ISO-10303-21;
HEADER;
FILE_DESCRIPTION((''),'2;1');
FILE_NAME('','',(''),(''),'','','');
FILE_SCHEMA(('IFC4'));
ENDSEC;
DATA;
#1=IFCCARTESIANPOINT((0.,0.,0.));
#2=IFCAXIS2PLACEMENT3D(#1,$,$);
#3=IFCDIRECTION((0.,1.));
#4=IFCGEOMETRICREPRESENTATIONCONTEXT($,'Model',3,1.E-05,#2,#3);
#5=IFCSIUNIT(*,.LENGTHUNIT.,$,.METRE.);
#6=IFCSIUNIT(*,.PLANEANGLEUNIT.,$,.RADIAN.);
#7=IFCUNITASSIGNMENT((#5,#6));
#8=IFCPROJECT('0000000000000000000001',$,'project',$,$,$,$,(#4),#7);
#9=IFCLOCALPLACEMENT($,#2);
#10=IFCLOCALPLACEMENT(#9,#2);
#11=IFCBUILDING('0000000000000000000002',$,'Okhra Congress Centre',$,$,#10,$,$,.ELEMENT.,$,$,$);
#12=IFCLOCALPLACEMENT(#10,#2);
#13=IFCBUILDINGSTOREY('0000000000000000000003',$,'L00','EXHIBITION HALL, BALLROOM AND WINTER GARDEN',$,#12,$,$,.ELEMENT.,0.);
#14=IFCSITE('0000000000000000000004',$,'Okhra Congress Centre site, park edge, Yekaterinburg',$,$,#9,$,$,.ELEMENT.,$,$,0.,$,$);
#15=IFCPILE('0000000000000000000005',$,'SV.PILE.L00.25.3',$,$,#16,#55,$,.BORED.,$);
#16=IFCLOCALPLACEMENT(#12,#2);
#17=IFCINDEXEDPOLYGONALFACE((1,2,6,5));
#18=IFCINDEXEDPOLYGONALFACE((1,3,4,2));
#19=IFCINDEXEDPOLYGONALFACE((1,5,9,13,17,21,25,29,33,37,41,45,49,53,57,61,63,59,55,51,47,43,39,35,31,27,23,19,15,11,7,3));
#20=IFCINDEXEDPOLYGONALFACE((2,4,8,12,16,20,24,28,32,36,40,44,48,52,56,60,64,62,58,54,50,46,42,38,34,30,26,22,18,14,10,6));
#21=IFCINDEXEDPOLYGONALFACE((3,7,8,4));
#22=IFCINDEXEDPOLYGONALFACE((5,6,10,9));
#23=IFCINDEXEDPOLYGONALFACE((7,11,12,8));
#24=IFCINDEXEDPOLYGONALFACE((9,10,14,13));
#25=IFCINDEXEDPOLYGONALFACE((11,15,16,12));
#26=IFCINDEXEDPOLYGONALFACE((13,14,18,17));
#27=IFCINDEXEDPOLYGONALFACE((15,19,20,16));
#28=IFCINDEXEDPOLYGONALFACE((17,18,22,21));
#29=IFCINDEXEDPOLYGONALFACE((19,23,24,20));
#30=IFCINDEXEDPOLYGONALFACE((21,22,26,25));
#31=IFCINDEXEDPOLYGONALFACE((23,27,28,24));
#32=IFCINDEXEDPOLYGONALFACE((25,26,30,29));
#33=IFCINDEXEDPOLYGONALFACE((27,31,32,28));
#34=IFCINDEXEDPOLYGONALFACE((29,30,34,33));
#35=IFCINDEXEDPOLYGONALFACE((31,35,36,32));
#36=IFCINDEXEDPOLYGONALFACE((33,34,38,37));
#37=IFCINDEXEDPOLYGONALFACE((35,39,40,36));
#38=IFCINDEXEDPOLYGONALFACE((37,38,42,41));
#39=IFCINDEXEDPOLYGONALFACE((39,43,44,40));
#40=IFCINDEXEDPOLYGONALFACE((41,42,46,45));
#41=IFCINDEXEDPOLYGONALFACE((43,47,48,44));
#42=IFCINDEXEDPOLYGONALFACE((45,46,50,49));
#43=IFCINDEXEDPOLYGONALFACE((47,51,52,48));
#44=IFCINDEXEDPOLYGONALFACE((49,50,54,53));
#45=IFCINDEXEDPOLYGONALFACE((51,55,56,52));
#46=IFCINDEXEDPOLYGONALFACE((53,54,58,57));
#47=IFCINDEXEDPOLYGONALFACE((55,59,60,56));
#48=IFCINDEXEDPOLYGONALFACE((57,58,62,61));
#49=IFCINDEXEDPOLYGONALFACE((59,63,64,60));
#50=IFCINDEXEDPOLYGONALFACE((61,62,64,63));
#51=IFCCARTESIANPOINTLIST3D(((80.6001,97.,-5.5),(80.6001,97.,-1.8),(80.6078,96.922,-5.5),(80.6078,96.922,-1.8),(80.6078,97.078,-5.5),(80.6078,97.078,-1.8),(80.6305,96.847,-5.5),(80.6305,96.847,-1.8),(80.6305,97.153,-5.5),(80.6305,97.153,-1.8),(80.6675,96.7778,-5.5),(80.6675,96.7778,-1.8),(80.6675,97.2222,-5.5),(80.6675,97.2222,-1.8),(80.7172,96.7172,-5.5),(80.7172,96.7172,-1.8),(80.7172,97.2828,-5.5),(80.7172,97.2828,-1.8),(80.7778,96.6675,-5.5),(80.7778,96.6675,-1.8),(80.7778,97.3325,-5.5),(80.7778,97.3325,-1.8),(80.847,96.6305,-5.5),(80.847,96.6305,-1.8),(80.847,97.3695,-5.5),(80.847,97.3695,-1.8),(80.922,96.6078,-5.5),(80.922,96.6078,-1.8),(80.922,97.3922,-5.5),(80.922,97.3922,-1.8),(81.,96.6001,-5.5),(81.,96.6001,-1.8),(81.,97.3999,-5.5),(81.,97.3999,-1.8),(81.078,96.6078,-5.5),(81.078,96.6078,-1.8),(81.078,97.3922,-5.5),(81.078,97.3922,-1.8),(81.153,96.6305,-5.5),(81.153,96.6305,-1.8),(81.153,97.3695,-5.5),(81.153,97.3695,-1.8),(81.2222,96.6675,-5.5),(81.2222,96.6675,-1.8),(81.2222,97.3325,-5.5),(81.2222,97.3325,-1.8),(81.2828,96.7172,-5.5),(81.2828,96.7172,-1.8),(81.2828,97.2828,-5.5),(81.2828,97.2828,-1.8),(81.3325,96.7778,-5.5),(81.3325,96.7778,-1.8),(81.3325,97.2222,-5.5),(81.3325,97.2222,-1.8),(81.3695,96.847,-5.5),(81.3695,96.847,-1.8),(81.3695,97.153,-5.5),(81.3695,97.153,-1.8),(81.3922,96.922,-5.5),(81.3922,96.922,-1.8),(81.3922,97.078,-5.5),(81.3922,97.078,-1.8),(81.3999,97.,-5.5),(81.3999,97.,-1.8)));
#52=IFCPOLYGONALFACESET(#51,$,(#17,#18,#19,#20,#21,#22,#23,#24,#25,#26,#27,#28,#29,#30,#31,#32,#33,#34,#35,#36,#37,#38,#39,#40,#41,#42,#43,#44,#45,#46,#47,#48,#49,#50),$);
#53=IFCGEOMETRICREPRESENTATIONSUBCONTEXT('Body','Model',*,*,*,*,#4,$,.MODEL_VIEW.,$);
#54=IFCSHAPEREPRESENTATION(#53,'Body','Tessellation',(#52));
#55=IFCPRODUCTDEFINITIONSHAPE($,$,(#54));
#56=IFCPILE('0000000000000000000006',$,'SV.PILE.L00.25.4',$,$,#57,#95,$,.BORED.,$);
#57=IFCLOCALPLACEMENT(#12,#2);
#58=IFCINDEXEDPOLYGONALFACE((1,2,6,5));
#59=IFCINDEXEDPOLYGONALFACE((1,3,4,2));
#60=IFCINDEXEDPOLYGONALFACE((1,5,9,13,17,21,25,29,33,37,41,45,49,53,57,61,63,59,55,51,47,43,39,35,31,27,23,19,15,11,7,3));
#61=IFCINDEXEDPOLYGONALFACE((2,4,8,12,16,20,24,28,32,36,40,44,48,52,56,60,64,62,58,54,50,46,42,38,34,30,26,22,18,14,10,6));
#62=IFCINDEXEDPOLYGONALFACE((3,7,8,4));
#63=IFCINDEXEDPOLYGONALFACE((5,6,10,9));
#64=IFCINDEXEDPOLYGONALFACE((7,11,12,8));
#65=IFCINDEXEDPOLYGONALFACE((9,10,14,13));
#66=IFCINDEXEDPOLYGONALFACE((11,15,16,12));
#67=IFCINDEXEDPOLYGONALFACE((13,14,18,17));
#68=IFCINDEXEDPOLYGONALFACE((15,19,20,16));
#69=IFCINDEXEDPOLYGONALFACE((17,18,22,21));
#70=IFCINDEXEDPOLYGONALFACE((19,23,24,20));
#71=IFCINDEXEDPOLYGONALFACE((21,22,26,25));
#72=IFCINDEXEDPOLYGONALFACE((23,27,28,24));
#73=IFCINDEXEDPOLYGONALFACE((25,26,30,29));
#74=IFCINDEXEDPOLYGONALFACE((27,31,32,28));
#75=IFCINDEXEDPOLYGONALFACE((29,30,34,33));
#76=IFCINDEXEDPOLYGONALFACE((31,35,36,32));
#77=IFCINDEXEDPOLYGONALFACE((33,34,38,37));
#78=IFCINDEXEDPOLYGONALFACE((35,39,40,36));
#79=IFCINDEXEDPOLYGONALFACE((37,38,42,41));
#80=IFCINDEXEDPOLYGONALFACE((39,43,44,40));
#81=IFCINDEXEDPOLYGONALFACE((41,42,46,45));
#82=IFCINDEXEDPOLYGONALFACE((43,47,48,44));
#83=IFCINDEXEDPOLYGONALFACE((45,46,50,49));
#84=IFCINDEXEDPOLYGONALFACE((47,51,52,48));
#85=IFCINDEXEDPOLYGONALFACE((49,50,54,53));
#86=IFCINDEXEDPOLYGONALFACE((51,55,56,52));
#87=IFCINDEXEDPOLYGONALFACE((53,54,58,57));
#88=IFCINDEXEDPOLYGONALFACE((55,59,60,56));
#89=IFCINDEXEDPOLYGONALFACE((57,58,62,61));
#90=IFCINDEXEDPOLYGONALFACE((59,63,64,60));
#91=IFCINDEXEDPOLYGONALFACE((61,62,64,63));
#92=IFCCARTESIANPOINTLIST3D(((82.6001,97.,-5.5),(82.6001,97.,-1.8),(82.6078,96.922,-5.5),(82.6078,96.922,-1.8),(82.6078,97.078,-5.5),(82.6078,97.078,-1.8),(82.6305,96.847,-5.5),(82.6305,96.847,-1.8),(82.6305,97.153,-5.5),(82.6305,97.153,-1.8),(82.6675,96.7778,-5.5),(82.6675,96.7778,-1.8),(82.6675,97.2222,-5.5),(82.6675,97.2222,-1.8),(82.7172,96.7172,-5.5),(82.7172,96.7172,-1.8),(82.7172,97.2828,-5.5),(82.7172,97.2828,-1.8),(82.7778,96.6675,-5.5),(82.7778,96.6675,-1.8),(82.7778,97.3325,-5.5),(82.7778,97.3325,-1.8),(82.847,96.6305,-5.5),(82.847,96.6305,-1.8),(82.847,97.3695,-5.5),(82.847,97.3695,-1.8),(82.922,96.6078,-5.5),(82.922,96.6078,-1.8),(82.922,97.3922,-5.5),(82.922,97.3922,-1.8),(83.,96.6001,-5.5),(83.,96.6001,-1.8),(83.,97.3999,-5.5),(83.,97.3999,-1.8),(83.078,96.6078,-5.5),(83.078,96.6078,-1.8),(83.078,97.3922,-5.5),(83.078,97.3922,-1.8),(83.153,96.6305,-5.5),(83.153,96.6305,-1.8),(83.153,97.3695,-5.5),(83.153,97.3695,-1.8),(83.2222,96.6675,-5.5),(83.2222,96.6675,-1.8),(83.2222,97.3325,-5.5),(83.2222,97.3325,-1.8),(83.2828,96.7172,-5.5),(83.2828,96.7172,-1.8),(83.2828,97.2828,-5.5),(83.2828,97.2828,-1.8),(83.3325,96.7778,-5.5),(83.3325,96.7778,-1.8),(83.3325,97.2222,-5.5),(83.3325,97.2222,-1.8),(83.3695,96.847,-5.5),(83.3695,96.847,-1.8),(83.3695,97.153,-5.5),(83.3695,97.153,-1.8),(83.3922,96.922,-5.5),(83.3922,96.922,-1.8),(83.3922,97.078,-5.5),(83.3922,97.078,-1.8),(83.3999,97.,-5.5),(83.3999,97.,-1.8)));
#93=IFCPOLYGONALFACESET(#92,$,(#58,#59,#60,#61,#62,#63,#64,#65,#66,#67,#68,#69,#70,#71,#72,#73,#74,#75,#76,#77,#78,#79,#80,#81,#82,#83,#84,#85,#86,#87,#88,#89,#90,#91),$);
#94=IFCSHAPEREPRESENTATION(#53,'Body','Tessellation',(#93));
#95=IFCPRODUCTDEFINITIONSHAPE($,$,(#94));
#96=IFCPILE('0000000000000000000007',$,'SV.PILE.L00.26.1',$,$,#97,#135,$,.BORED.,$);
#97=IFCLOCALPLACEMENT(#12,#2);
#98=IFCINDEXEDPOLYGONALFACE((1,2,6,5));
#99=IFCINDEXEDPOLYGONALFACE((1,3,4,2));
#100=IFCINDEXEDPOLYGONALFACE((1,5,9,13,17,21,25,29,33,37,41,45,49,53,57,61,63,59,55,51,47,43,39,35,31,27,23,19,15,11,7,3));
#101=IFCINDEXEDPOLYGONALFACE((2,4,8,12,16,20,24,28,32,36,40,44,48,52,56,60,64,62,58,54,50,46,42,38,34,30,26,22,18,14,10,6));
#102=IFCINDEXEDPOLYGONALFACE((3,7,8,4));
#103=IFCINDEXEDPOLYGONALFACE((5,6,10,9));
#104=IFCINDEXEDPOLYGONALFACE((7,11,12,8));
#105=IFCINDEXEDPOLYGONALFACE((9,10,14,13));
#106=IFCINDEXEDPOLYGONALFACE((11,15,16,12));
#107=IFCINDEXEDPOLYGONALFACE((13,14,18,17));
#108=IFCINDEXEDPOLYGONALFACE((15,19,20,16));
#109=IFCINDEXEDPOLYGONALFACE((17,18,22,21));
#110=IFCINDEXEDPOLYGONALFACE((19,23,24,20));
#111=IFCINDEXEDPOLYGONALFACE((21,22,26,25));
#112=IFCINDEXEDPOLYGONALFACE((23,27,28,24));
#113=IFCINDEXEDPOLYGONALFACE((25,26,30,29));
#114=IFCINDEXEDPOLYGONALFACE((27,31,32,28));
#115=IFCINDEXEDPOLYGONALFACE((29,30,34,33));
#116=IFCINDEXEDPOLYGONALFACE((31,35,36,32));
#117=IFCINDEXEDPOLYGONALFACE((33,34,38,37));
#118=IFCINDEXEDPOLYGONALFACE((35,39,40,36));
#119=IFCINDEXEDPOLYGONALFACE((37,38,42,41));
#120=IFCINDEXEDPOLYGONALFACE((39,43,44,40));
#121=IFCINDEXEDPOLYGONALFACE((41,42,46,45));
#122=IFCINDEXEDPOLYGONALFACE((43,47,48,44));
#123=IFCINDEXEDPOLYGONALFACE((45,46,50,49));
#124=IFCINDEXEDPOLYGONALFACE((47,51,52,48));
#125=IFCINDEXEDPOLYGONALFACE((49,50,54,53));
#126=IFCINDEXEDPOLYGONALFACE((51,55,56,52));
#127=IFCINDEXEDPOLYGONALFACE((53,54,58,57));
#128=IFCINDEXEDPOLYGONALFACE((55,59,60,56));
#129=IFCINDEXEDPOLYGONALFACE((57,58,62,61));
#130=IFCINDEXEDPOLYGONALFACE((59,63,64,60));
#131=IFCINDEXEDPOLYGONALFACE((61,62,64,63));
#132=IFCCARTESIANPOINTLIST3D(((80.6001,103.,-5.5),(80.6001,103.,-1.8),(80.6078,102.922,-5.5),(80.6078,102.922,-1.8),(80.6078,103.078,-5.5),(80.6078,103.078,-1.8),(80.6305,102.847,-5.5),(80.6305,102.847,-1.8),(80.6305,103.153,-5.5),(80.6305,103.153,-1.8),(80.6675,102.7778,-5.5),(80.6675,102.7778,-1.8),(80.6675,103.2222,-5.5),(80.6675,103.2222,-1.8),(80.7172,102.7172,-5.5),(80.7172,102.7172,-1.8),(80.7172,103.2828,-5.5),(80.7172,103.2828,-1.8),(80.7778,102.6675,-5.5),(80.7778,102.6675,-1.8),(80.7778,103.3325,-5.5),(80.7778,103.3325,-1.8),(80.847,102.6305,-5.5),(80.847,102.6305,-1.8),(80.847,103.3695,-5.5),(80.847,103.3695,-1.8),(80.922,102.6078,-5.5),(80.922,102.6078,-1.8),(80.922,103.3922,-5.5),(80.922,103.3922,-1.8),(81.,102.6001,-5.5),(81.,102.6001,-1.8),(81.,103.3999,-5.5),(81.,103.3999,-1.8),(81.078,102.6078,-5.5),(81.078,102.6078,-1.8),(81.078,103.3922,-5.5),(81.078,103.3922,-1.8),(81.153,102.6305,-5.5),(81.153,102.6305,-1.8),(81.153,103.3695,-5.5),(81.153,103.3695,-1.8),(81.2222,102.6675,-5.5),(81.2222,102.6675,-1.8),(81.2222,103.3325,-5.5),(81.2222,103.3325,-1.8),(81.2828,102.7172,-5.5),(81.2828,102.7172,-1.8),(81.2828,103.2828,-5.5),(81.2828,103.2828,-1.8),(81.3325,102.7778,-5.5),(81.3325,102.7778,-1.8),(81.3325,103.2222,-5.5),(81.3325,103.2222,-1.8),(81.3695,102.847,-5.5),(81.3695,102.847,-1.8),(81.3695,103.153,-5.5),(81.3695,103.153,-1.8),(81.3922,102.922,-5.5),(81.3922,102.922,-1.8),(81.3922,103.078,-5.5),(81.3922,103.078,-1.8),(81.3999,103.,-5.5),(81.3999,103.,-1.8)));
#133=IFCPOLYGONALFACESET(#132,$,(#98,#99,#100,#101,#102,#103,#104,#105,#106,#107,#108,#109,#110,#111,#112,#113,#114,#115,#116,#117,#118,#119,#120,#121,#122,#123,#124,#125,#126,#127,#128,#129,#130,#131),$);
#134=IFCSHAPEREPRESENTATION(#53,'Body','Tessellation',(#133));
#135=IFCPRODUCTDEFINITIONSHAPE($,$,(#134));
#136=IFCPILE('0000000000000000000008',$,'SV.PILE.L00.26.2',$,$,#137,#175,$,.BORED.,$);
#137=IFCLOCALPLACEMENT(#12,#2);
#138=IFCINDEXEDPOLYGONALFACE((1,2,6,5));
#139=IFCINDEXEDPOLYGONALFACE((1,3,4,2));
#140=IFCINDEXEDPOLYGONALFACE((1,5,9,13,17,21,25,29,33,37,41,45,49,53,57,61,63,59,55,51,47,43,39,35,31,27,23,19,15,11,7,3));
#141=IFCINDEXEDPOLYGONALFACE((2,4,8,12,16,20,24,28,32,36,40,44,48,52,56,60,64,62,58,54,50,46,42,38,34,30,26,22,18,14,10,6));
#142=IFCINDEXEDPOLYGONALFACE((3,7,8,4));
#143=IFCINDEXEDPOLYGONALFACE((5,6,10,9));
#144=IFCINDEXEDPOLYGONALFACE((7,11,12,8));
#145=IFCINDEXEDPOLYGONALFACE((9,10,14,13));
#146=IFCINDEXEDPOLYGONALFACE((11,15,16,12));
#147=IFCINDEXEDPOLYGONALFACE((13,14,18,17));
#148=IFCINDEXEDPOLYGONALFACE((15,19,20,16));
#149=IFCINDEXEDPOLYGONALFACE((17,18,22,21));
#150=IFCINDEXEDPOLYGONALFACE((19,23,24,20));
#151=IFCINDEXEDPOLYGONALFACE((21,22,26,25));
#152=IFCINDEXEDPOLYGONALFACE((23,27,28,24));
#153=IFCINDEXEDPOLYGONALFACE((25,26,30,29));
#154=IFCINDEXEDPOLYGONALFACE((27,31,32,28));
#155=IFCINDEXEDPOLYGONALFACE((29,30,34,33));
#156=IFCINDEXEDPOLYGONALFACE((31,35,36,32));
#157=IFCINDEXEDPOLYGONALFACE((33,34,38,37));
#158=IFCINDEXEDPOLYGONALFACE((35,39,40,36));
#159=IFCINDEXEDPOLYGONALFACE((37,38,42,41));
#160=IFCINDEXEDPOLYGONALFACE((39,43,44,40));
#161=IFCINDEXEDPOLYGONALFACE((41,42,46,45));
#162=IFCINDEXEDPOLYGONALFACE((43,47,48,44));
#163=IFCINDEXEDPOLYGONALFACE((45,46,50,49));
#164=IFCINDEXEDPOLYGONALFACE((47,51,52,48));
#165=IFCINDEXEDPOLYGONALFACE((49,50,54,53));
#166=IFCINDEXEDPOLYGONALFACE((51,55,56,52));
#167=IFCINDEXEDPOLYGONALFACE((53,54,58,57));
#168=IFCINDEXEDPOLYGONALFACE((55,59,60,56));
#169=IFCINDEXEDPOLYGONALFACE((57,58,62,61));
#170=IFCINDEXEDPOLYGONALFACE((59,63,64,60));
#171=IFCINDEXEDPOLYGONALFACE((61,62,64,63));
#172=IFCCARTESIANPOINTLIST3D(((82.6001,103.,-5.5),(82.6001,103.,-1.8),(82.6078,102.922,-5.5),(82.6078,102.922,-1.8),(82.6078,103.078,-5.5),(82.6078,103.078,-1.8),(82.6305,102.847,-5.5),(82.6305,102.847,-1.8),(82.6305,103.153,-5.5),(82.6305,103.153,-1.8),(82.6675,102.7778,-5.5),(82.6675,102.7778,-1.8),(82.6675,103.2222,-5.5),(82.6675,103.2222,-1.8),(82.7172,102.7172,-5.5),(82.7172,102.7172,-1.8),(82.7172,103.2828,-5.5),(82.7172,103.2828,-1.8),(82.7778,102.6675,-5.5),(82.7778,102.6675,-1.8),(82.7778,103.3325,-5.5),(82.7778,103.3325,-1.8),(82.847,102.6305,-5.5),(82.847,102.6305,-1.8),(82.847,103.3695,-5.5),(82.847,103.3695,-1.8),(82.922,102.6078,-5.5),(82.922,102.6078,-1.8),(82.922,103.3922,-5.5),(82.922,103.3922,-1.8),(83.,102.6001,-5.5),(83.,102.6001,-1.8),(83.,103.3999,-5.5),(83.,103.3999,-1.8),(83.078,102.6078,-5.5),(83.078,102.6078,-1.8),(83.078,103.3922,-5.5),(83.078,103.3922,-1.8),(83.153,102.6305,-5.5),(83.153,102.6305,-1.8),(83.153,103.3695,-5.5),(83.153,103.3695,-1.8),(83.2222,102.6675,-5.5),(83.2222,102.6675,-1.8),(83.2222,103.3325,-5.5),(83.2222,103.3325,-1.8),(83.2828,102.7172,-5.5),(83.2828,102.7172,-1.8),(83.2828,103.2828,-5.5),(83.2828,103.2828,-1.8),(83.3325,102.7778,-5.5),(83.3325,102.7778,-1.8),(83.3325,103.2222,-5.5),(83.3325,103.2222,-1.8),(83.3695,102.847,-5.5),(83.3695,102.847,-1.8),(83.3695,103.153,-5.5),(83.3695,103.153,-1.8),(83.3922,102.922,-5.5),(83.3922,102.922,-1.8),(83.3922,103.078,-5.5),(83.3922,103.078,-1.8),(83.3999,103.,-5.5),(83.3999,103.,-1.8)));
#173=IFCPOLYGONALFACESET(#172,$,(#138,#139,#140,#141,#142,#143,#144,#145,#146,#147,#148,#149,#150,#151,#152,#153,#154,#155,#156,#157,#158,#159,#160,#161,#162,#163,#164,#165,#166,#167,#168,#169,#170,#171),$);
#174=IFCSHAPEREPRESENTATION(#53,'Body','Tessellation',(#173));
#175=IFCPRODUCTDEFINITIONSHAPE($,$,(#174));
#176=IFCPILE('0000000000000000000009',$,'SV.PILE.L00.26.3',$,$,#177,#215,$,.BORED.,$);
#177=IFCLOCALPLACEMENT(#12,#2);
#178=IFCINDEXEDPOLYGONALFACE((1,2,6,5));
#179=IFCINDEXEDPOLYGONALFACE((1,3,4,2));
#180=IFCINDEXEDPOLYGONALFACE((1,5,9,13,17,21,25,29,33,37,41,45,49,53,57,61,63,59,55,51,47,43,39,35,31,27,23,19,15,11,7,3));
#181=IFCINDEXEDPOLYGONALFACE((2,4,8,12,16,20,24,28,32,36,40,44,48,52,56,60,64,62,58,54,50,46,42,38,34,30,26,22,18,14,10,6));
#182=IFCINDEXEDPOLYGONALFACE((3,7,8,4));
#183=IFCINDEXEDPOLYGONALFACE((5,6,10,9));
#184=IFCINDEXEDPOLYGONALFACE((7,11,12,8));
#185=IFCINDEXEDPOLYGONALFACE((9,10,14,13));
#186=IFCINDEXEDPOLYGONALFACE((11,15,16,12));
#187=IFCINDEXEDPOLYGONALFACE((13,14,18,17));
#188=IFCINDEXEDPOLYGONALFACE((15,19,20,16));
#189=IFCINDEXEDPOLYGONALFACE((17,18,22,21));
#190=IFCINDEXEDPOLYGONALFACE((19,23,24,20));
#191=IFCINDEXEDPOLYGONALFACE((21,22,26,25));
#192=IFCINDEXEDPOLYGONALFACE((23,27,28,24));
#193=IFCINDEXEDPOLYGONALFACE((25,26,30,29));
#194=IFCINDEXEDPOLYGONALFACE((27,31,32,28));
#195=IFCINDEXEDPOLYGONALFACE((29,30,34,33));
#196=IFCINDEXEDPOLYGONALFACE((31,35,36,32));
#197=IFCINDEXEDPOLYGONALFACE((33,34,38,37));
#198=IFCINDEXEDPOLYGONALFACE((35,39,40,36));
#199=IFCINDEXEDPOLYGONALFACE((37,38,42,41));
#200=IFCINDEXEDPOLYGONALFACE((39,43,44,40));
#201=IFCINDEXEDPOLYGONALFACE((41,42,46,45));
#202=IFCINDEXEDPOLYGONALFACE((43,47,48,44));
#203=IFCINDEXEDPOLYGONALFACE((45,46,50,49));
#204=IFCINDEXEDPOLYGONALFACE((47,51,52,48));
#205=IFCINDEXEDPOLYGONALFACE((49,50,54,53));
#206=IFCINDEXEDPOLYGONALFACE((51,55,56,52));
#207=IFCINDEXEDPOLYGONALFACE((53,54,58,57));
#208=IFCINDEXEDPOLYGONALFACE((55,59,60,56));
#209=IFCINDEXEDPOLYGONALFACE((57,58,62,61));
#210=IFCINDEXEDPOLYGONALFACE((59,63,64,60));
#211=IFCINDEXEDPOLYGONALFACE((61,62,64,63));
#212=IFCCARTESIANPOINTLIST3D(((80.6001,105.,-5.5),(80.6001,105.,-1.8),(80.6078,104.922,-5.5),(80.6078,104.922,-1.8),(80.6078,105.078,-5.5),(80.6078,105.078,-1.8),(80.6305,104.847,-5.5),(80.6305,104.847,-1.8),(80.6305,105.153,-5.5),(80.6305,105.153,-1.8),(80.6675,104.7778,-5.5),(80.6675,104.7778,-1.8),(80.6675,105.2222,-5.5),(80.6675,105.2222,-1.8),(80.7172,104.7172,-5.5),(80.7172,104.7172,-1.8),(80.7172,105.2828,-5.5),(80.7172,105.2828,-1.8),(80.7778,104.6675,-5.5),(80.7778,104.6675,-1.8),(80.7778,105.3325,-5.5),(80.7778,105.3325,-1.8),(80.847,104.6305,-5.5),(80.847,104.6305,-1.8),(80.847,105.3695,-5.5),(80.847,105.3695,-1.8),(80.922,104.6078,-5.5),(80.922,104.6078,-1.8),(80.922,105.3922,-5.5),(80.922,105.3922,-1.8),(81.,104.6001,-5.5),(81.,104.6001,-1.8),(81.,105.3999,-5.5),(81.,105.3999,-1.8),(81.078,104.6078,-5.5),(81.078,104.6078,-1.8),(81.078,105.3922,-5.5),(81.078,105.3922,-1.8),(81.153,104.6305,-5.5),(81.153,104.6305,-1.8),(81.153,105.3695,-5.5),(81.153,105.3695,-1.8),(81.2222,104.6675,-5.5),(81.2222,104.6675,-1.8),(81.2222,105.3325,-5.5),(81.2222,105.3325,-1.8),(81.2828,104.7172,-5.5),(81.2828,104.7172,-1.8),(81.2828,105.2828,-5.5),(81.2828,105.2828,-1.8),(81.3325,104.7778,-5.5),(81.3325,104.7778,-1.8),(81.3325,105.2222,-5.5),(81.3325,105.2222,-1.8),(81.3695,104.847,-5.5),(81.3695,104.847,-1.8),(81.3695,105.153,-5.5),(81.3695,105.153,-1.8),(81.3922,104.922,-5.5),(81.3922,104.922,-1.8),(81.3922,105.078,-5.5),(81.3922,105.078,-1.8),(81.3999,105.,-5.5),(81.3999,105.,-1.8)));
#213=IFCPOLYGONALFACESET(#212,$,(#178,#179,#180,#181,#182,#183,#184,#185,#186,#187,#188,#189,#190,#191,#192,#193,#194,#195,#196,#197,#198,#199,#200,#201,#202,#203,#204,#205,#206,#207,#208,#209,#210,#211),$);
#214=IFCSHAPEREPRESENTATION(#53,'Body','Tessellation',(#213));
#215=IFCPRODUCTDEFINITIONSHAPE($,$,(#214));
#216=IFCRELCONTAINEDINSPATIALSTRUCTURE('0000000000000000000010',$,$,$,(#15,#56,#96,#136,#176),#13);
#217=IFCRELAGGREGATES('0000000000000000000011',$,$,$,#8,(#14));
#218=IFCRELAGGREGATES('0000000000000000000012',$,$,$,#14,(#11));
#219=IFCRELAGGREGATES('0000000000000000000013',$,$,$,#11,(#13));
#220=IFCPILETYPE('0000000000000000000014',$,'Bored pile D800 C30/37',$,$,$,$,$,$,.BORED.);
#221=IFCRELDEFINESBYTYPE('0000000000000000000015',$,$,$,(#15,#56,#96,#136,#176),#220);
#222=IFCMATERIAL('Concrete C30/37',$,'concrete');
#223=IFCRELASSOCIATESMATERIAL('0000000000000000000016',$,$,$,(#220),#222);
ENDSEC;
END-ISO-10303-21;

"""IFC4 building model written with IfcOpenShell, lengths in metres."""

from ifc_helpers import new_model, si_unit, direction, frame, origin, origin_2d, place, context, subcontext, project, spatial, circle, extrude, material, material_profile, profile_set, type_object, element, save


model = new_model("IFC4")

# Units and contexts
model_context = context("Model", 3, precision=1e-05, world=origin(), true_north=direction((0.0, 1.0)))
body_context = subcontext(model_context, "Body", "Model", "MODEL_VIEW")
ifc_project = project(units=[si_unit("LENGTHUNIT", "METRE"), si_unit("PLANEANGLEUNIT", "RADIAN")], contexts=[model_context])

# Site, building, storey
site_placement = place(None, origin())
site = spatial("IfcSite", under=ifc_project, at=site_placement, Name="Okhra Congress Centre site, park edge, Yekaterinburg", CompositionType="ELEMENT", RefElevation=0.0)
building_placement = place(site_placement, origin())
building = spatial("IfcBuilding", under=site, at=building_placement, Name="Okhra Congress Centre", CompositionType="ELEMENT")
storey_placement = place(building_placement, origin())
storey = spatial("IfcBuildingStorey", under=building, at=storey_placement, Name="L00", Description="EXHIBITION HALL, BALLROOM AND WINTER GARDEN", CompositionType="ELEMENT", Elevation=0.0)

# Piles
ifc_material_1 = material(Name="Concrete C30/37", Category="concrete")
ifc_material_profile_1 = material_profile(ifc_material_1, circle(Radius=0.3999, at=origin_2d()), Name="D800")
ifc_profile_set_1 = profile_set([ifc_material_profile_1], Name="Concrete C30/37")
pile_type = type_object("IfcPileType", Name="Bored pile D800 C30/37", PredefinedType="BORED", material=ifc_profile_set_1)
for number, where, z_axis, x_axis, name in (
    (1, (81.0, 97.0, -1.8), (0.0, 0.0, -1.0), (1.0, 0.0, 0.0), "SV.PILE.L00.25.3"),
    (2, (83.0, 97.0, -1.8), (0.0, 0.0, -1.0), (1.0, 0.0, 0.0), "SV.PILE.L00.25.4"),
    (3, (81.0, 103.0, -1.8), (0.0, 0.0, -1.0), (1.0, 0.0, 0.0), "SV.PILE.L00.26.1"),
    (4, (83.0, 103.0, -1.8), (0.0, 0.0, -1.0), (1.0, 0.0, 0.0), "SV.PILE.L00.26.2"),
    (5, (81.0, 105.0, -1.8), (0.0, 0.0, -1.0), (1.0, 0.0, 0.0), "SV.PILE.L00.26.3"),
):
    element("IfcPile", number, at=place(storey_placement, frame(where, z_axis=z_axis, x_axis=x_axis)), inside=storey, type_object=pile_type, Name=name, PredefinedType="BORED", context=body_context, shape_type="SweptSolid", body=[
        extrude(circle(Radius=0.3999, at=origin_2d()), origin(), (0.0, 0.0, 1.0), 3.7),
    ])

save(model, "model.ifc")
